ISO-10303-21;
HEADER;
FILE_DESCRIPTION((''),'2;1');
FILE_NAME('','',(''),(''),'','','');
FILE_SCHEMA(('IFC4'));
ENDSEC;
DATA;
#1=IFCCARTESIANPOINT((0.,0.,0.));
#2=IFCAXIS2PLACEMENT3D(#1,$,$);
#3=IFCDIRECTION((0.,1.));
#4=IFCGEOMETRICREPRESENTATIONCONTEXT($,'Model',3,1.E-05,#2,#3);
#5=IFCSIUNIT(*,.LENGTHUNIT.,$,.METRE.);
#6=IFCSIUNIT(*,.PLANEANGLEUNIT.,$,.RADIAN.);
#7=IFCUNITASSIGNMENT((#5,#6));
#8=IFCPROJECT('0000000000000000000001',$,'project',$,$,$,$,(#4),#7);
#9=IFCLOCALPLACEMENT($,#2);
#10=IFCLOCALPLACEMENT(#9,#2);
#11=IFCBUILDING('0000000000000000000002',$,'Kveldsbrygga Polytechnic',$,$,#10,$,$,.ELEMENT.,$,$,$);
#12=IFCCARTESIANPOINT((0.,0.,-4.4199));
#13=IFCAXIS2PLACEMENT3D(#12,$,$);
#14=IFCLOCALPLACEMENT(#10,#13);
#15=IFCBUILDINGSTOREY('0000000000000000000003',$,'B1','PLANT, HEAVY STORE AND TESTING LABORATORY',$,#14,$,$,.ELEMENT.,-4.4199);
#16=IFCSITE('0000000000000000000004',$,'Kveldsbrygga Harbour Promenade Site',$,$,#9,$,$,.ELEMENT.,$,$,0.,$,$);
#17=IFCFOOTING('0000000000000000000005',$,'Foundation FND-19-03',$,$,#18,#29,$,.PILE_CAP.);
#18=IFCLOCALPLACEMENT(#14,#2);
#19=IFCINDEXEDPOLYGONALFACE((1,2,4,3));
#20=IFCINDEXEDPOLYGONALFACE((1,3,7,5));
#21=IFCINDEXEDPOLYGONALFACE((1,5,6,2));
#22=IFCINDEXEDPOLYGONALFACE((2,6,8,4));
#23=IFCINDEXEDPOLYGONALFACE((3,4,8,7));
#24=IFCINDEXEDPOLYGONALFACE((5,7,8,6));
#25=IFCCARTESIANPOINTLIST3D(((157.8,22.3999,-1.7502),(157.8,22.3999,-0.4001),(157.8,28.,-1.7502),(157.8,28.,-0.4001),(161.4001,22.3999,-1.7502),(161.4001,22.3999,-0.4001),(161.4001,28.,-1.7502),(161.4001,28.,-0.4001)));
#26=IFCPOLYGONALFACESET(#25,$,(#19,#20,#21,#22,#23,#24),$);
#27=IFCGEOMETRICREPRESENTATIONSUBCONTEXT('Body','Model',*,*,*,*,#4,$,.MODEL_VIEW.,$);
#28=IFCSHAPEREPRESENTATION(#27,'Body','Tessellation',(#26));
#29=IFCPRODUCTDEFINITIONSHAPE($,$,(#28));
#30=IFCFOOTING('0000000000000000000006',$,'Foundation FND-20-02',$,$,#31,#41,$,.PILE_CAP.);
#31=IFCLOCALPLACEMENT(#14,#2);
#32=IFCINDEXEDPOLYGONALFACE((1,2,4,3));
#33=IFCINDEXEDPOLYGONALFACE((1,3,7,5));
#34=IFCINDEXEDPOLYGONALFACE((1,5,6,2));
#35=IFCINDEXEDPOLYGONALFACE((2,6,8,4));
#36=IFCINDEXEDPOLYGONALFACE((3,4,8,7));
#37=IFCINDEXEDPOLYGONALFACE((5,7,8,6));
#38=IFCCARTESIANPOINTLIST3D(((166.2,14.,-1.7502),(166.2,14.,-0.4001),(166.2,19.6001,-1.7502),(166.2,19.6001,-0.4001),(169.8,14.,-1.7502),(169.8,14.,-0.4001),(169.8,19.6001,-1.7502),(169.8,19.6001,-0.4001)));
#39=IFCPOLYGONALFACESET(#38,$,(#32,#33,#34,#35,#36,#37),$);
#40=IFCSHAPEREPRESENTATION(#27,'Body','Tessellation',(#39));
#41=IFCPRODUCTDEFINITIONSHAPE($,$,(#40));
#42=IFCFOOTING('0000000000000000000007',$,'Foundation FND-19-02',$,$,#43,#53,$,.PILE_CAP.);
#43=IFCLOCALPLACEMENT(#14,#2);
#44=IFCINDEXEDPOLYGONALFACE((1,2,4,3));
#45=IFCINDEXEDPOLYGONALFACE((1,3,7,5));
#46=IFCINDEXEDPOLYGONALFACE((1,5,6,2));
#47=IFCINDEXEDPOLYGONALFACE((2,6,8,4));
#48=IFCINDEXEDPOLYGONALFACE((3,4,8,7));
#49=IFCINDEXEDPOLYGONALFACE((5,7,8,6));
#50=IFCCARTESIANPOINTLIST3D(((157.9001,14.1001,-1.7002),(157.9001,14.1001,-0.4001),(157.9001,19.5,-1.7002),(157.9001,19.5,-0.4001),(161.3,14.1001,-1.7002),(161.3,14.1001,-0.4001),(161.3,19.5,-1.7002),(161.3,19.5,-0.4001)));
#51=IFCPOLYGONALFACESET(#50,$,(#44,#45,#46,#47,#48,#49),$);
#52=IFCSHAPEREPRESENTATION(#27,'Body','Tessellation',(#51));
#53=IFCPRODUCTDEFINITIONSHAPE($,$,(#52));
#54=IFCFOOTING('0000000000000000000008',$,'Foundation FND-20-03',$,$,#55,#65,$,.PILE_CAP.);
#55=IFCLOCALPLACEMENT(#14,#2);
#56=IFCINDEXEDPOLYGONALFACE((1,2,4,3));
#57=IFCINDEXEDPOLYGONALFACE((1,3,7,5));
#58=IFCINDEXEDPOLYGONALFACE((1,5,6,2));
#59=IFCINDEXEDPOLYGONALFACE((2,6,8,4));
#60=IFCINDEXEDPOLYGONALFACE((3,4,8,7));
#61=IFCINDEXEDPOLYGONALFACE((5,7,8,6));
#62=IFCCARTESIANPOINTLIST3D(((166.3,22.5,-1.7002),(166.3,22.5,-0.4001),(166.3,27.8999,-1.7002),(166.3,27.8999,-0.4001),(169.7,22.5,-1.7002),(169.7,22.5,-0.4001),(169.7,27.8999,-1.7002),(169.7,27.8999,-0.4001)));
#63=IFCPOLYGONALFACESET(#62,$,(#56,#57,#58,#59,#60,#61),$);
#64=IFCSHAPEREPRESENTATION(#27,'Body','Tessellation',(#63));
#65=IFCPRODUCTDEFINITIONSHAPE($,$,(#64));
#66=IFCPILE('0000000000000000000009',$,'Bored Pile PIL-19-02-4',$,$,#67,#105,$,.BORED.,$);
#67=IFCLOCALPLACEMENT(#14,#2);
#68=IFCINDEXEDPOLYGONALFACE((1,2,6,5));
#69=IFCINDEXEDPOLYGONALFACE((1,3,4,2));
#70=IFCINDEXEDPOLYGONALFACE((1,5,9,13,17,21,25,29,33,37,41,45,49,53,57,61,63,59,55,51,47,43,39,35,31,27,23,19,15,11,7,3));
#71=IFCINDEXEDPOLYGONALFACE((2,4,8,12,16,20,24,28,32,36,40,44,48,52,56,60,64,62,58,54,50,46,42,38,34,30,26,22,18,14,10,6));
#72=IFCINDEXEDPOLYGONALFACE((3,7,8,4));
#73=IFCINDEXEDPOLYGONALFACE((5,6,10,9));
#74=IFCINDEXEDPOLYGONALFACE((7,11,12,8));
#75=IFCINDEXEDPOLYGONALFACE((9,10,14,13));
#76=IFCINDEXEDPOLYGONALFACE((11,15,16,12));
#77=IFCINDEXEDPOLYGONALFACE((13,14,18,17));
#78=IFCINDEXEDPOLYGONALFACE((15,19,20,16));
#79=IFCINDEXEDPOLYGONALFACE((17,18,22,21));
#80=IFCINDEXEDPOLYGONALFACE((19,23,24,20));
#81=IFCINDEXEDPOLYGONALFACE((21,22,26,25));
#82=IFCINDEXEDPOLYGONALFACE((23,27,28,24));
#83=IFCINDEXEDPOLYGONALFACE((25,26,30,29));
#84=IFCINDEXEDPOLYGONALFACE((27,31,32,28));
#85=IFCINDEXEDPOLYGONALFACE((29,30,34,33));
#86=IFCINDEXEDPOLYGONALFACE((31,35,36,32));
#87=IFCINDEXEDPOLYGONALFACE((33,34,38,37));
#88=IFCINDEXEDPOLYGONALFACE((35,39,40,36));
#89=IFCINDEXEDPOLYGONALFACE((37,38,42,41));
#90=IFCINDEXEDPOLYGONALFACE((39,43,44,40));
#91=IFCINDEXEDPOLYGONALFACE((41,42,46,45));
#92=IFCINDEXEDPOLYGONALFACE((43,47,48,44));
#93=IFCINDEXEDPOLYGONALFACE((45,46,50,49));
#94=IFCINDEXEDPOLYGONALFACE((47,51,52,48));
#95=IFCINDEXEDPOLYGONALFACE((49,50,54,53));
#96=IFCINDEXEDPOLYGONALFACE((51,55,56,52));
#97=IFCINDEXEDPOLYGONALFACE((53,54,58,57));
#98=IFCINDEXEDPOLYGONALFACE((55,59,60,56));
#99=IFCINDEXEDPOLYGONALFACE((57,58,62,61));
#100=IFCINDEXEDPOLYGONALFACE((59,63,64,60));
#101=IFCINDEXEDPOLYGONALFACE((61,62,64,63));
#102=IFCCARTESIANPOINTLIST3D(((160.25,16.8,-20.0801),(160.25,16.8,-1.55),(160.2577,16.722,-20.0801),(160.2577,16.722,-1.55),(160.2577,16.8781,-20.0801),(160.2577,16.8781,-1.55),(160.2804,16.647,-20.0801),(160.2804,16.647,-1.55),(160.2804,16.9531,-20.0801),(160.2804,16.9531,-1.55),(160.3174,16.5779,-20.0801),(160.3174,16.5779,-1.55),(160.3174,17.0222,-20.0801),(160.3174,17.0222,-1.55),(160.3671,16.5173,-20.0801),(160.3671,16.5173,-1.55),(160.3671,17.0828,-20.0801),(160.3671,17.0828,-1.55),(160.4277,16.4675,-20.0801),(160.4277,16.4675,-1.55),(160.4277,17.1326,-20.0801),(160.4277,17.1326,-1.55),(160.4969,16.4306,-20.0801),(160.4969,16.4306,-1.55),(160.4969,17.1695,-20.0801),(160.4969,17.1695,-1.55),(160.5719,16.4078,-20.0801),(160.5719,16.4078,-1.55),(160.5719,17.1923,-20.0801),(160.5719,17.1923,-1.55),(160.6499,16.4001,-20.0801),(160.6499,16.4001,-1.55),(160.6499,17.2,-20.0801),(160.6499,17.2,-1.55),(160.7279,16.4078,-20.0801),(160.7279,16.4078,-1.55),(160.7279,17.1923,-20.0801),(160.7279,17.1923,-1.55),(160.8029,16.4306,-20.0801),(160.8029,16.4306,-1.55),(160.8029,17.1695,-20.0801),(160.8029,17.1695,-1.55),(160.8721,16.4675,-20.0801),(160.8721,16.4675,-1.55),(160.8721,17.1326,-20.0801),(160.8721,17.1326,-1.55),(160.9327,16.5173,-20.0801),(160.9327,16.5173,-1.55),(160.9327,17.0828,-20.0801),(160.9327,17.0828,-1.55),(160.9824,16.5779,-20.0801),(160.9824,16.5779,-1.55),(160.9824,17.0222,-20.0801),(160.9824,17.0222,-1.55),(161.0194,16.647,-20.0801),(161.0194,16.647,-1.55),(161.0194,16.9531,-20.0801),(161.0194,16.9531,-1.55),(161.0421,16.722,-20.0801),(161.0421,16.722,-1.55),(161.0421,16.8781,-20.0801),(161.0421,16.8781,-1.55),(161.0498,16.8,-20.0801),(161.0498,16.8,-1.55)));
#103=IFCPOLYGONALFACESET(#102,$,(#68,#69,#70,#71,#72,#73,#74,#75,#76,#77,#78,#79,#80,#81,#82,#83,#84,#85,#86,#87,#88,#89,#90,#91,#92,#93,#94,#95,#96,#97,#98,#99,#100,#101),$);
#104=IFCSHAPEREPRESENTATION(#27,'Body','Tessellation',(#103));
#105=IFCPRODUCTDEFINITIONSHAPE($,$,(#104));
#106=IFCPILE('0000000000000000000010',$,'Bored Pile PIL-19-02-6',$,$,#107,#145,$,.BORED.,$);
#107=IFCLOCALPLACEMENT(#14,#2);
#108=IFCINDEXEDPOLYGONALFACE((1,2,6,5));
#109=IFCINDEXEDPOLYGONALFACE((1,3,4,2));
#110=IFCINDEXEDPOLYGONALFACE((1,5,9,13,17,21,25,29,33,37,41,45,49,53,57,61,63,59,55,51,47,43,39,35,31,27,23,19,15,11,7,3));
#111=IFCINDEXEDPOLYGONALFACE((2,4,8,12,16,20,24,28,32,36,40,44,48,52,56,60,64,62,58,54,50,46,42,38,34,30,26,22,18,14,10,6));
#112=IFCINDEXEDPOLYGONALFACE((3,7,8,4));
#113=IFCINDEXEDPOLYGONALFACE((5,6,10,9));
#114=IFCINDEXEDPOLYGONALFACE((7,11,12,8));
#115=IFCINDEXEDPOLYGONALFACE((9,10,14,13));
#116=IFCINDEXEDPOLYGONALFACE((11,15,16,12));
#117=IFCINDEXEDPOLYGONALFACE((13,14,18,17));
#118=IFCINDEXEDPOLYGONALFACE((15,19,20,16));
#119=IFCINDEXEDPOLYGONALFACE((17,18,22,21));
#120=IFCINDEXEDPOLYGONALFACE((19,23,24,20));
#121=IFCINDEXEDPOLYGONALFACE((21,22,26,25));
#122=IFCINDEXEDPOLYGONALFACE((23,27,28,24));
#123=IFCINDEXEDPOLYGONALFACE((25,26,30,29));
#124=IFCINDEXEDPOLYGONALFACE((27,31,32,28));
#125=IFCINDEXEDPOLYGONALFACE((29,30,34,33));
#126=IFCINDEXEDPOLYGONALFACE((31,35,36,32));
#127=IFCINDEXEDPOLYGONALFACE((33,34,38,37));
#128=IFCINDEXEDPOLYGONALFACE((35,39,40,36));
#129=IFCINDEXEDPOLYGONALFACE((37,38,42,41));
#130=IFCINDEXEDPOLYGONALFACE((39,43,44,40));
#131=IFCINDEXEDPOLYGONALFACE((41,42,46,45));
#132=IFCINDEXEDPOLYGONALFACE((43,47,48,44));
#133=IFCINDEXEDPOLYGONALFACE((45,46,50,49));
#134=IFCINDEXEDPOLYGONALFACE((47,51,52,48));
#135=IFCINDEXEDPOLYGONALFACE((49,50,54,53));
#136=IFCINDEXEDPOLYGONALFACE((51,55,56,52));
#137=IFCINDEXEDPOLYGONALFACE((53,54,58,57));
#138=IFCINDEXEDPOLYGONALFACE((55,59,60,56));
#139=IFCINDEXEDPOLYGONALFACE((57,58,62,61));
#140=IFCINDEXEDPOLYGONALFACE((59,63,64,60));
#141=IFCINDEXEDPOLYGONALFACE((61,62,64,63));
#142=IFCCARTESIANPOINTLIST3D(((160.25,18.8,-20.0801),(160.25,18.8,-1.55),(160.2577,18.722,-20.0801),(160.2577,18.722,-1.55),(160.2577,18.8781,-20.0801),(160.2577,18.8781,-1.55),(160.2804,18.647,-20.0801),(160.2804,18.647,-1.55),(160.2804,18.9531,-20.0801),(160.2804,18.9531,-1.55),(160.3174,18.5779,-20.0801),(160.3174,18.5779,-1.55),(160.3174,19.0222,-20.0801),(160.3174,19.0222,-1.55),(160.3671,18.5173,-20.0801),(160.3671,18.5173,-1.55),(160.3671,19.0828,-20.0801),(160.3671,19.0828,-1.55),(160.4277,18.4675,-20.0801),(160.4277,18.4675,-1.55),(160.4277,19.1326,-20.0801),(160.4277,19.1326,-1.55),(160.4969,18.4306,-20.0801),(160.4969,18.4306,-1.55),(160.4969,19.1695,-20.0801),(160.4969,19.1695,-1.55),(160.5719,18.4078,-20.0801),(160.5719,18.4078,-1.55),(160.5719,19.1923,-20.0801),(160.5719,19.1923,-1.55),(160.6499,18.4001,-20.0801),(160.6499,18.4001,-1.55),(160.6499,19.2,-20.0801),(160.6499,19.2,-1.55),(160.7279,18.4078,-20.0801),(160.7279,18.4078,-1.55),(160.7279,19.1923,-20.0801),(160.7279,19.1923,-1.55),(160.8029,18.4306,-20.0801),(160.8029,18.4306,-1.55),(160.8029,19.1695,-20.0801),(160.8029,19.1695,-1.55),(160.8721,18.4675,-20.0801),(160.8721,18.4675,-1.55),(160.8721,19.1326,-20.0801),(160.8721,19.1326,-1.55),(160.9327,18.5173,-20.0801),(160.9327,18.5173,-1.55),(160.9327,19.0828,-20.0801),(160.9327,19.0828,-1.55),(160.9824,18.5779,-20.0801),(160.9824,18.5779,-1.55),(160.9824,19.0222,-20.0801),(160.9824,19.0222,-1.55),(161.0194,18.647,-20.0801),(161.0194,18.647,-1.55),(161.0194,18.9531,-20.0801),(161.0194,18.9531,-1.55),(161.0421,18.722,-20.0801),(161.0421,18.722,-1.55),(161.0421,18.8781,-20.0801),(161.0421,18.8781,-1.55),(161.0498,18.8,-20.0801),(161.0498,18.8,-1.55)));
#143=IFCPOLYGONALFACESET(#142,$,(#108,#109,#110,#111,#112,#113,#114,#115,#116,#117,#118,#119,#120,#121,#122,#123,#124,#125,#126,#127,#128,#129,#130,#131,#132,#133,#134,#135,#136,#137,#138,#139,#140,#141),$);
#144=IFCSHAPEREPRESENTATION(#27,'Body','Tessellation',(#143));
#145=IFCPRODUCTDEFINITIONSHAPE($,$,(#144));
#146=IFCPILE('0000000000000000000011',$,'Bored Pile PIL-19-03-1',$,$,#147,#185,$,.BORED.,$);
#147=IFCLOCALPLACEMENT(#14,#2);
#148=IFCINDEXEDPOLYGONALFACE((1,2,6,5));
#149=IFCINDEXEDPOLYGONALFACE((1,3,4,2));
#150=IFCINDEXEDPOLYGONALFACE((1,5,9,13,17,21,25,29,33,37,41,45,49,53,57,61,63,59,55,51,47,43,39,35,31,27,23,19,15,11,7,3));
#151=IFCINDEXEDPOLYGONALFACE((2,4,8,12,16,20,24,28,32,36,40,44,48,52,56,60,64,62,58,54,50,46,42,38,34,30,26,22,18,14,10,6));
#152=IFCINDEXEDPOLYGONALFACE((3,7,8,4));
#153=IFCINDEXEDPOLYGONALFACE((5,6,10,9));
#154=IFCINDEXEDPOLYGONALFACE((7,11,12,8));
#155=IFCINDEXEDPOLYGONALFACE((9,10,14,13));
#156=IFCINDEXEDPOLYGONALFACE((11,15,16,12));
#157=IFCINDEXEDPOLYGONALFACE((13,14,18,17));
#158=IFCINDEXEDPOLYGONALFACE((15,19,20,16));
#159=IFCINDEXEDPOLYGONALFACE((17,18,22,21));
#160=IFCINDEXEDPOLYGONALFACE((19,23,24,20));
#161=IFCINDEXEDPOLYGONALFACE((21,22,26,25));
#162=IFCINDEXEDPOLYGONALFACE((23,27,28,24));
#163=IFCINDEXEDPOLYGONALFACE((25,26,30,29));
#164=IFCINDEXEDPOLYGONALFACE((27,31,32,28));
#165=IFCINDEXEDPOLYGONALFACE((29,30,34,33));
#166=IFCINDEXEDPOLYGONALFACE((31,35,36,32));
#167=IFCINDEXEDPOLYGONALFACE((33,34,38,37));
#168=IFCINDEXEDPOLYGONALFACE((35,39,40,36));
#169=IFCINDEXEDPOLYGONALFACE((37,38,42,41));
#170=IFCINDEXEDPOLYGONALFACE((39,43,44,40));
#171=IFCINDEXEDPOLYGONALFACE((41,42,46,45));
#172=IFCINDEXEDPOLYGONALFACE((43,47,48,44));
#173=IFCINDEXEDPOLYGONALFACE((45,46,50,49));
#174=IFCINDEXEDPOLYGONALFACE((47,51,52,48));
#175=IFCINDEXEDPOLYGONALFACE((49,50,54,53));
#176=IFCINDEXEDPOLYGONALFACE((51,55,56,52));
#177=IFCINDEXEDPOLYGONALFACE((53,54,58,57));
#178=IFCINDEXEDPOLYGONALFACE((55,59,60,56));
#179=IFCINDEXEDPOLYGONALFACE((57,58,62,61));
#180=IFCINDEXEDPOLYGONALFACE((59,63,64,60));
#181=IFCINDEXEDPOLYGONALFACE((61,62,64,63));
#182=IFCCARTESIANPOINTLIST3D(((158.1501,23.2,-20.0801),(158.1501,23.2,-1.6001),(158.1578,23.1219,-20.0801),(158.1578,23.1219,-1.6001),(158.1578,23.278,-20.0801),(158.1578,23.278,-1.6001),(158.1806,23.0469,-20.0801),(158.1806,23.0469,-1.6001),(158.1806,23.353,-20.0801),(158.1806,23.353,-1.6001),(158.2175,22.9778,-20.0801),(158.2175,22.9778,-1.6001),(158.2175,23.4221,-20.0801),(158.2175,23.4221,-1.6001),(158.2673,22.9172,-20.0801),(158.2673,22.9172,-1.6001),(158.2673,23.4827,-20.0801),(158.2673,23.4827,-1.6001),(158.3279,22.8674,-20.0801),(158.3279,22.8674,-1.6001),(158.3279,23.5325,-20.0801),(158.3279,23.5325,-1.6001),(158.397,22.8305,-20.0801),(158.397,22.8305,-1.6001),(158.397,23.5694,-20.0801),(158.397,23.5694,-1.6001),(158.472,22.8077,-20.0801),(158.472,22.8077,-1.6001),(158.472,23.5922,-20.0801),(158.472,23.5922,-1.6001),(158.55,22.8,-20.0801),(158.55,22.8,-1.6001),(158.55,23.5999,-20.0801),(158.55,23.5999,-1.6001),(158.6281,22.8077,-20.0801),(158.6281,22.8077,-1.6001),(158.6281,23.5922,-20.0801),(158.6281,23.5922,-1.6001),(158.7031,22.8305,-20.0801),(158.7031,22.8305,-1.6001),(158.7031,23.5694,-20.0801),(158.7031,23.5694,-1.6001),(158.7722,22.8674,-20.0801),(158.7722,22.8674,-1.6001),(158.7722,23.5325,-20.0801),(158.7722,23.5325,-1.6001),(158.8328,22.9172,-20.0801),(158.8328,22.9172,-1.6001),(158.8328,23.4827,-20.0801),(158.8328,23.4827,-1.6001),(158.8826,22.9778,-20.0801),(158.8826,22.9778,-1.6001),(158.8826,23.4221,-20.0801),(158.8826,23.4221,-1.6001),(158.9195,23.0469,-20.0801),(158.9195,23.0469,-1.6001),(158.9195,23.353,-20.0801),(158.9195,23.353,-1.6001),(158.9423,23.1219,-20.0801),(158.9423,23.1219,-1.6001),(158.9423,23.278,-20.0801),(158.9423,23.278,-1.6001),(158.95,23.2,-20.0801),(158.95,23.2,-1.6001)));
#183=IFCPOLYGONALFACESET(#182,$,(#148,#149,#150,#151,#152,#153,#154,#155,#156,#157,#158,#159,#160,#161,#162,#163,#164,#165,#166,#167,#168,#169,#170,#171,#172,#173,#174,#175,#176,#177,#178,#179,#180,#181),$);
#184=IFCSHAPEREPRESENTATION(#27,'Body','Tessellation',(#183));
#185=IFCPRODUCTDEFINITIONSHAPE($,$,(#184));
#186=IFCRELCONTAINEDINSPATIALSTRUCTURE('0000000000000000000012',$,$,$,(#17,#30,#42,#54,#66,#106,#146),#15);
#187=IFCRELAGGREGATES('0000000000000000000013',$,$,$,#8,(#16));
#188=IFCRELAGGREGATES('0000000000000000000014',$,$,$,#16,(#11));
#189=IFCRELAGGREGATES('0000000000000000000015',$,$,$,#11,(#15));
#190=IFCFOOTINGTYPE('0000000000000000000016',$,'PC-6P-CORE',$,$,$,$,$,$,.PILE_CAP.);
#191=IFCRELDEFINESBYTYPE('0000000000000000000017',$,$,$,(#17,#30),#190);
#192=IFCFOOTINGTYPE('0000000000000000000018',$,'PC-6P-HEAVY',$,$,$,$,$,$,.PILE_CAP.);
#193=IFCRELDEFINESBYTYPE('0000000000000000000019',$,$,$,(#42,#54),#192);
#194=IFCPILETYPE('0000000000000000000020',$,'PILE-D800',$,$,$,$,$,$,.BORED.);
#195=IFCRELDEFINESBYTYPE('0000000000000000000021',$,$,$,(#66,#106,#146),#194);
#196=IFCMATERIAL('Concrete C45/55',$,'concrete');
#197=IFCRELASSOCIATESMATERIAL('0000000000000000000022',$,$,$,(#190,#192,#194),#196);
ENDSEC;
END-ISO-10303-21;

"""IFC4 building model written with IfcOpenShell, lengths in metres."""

from ifc_helpers import new_model, si_unit, direction, frame, origin, origin_2d, place, context, subcontext, project, spatial, rectangle, circle, extrude, material, material_profile, profile_set, type_object, element, save


model = new_model("IFC4")

# Units and contexts
model_context = context("Model", 3, precision=1e-05, world=origin(), true_north=direction((0.0, 1.0)))
body_context = subcontext(model_context, "Body", "Model", "MODEL_VIEW")
ifc_project = project(units=[si_unit("LENGTHUNIT", "METRE"), si_unit("PLANEANGLEUNIT", "RADIAN")], contexts=[model_context])

# Site, building, storey
site_placement = place(None, origin())
site = spatial("IfcSite", under=ifc_project, at=site_placement, Name="Kveldsbrygga Harbour Promenade Site", CompositionType="ELEMENT", RefElevation=0.0)
building_placement = place(site_placement, origin())
building = spatial("IfcBuilding", under=site, at=building_placement, Name="Kveldsbrygga Polytechnic", CompositionType="ELEMENT")
storey_placement = place(building_placement, frame((0.0, 0.0, -4.4199)))
storey = spatial("IfcBuildingStorey", under=building, at=storey_placement, Name="B1", Description="PLANT, HEAVY STORE AND TESTING LABORATORY", CompositionType="ELEMENT", Elevation=-4.4199)

# Footings
ifc_material_1 = material(Name="Concrete C45/55", Category="concrete")
footing_type_1 = type_object("IfcFootingType", Name="PC-6P-CORE", PredefinedType="PILE_CAP", material=ifc_material_1)
for number, where, z_axis, x_axis, name in (
    (1, (159.6001, 25.2, -1.7502), (0.0, 0.0, 1.0), (1.0, 0.0, 0.0), "Foundation FND-19-03"),
    (2, (168.0, 16.8, -1.7502), (0.0, 0.0, 1.0), (1.0, 0.0, 0.0), "Foundation FND-20-02"),
):
    element("IfcFooting", number, at=place(storey_placement, frame(where, z_axis=z_axis, x_axis=x_axis)), inside=storey, type_object=footing_type_1, Name=name, PredefinedType="PILE_CAP", context=body_context, shape_type="SweptSolid", body=[
        extrude(rectangle(XDim=3.6001, YDim=5.6001, at=origin_2d()), origin(), (0.0, 0.0, 1.0), 1.3501),
    ])
footing_type_2 = type_object("IfcFootingType", Name="PC-6P-HEAVY", PredefinedType="PILE_CAP", material=ifc_material_1)
for number, where, z_axis, x_axis, name in (
    (3, (159.6001, 16.8, -1.7002), (0.0, 0.0, 1.0), (1.0, 0.0, 0.0), "Foundation FND-19-02"),
    (4, (168.0, 25.2, -1.7002), (0.0, 0.0, 1.0), (1.0, 0.0, 0.0), "Foundation FND-20-03"),
):
    element("IfcFooting", number, at=place(storey_placement, frame(where, z_axis=z_axis, x_axis=x_axis)), inside=storey, type_object=footing_type_2, Name=name, PredefinedType="PILE_CAP", context=body_context, shape_type="SweptSolid", body=[
        extrude(rectangle(XDim=3.3999, YDim=5.3999, at=origin_2d()), origin(), (0.0, 0.0, 1.0), 1.3),
    ])

# Piles
ifc_material_profile_1 = material_profile(ifc_material_1, circle(Radius=0.3999, at=origin_2d()), Name="PILE D800")
ifc_profile_set_1 = profile_set([ifc_material_profile_1], Name="Concrete C45/55")
pile_type = type_object("IfcPileType", Name="PILE-D800", PredefinedType="BORED", material=ifc_profile_set_1)
for number, where, z_axis, x_axis, name in (
    (5, (160.6499, 16.8, -1.55), (0.0, 0.0, -1.0), (1.0, 0.0, 0.0), "Bored Pile PIL-19-02-4"),
    (6, (160.6499, 18.8, -1.55), (0.0, 0.0, -1.0), (1.0, 0.0, 0.0), "Bored Pile PIL-19-02-6"),
):
    element("IfcPile", number, at=place(storey_placement, frame(where, z_axis=z_axis, x_axis=x_axis)), inside=storey, type_object=pile_type, Name=name, PredefinedType="BORED", context=body_context, shape_type="SweptSolid", body=[
        extrude(circle(Radius=0.3999, at=origin_2d()), origin(), (0.0, 0.0, 1.0), 18.53),
    ])
for number, where, z_axis, x_axis, name in (
    (7, (158.55, 23.2, -1.6001), (0.0, 0.0, -1.0), (1.0, 0.0, 0.0), "Bored Pile PIL-19-03-1"),
):
    element("IfcPile", number, at=place(storey_placement, frame(where, z_axis=z_axis, x_axis=x_axis)), inside=storey, type_object=pile_type, Name=name, PredefinedType="BORED", context=body_context, shape_type="SweptSolid", body=[
        extrude(circle(Radius=0.3999, at=origin_2d()), origin(), (0.0, 0.0, 1.0), 18.48),
    ])

save(model, "model.ifc")
